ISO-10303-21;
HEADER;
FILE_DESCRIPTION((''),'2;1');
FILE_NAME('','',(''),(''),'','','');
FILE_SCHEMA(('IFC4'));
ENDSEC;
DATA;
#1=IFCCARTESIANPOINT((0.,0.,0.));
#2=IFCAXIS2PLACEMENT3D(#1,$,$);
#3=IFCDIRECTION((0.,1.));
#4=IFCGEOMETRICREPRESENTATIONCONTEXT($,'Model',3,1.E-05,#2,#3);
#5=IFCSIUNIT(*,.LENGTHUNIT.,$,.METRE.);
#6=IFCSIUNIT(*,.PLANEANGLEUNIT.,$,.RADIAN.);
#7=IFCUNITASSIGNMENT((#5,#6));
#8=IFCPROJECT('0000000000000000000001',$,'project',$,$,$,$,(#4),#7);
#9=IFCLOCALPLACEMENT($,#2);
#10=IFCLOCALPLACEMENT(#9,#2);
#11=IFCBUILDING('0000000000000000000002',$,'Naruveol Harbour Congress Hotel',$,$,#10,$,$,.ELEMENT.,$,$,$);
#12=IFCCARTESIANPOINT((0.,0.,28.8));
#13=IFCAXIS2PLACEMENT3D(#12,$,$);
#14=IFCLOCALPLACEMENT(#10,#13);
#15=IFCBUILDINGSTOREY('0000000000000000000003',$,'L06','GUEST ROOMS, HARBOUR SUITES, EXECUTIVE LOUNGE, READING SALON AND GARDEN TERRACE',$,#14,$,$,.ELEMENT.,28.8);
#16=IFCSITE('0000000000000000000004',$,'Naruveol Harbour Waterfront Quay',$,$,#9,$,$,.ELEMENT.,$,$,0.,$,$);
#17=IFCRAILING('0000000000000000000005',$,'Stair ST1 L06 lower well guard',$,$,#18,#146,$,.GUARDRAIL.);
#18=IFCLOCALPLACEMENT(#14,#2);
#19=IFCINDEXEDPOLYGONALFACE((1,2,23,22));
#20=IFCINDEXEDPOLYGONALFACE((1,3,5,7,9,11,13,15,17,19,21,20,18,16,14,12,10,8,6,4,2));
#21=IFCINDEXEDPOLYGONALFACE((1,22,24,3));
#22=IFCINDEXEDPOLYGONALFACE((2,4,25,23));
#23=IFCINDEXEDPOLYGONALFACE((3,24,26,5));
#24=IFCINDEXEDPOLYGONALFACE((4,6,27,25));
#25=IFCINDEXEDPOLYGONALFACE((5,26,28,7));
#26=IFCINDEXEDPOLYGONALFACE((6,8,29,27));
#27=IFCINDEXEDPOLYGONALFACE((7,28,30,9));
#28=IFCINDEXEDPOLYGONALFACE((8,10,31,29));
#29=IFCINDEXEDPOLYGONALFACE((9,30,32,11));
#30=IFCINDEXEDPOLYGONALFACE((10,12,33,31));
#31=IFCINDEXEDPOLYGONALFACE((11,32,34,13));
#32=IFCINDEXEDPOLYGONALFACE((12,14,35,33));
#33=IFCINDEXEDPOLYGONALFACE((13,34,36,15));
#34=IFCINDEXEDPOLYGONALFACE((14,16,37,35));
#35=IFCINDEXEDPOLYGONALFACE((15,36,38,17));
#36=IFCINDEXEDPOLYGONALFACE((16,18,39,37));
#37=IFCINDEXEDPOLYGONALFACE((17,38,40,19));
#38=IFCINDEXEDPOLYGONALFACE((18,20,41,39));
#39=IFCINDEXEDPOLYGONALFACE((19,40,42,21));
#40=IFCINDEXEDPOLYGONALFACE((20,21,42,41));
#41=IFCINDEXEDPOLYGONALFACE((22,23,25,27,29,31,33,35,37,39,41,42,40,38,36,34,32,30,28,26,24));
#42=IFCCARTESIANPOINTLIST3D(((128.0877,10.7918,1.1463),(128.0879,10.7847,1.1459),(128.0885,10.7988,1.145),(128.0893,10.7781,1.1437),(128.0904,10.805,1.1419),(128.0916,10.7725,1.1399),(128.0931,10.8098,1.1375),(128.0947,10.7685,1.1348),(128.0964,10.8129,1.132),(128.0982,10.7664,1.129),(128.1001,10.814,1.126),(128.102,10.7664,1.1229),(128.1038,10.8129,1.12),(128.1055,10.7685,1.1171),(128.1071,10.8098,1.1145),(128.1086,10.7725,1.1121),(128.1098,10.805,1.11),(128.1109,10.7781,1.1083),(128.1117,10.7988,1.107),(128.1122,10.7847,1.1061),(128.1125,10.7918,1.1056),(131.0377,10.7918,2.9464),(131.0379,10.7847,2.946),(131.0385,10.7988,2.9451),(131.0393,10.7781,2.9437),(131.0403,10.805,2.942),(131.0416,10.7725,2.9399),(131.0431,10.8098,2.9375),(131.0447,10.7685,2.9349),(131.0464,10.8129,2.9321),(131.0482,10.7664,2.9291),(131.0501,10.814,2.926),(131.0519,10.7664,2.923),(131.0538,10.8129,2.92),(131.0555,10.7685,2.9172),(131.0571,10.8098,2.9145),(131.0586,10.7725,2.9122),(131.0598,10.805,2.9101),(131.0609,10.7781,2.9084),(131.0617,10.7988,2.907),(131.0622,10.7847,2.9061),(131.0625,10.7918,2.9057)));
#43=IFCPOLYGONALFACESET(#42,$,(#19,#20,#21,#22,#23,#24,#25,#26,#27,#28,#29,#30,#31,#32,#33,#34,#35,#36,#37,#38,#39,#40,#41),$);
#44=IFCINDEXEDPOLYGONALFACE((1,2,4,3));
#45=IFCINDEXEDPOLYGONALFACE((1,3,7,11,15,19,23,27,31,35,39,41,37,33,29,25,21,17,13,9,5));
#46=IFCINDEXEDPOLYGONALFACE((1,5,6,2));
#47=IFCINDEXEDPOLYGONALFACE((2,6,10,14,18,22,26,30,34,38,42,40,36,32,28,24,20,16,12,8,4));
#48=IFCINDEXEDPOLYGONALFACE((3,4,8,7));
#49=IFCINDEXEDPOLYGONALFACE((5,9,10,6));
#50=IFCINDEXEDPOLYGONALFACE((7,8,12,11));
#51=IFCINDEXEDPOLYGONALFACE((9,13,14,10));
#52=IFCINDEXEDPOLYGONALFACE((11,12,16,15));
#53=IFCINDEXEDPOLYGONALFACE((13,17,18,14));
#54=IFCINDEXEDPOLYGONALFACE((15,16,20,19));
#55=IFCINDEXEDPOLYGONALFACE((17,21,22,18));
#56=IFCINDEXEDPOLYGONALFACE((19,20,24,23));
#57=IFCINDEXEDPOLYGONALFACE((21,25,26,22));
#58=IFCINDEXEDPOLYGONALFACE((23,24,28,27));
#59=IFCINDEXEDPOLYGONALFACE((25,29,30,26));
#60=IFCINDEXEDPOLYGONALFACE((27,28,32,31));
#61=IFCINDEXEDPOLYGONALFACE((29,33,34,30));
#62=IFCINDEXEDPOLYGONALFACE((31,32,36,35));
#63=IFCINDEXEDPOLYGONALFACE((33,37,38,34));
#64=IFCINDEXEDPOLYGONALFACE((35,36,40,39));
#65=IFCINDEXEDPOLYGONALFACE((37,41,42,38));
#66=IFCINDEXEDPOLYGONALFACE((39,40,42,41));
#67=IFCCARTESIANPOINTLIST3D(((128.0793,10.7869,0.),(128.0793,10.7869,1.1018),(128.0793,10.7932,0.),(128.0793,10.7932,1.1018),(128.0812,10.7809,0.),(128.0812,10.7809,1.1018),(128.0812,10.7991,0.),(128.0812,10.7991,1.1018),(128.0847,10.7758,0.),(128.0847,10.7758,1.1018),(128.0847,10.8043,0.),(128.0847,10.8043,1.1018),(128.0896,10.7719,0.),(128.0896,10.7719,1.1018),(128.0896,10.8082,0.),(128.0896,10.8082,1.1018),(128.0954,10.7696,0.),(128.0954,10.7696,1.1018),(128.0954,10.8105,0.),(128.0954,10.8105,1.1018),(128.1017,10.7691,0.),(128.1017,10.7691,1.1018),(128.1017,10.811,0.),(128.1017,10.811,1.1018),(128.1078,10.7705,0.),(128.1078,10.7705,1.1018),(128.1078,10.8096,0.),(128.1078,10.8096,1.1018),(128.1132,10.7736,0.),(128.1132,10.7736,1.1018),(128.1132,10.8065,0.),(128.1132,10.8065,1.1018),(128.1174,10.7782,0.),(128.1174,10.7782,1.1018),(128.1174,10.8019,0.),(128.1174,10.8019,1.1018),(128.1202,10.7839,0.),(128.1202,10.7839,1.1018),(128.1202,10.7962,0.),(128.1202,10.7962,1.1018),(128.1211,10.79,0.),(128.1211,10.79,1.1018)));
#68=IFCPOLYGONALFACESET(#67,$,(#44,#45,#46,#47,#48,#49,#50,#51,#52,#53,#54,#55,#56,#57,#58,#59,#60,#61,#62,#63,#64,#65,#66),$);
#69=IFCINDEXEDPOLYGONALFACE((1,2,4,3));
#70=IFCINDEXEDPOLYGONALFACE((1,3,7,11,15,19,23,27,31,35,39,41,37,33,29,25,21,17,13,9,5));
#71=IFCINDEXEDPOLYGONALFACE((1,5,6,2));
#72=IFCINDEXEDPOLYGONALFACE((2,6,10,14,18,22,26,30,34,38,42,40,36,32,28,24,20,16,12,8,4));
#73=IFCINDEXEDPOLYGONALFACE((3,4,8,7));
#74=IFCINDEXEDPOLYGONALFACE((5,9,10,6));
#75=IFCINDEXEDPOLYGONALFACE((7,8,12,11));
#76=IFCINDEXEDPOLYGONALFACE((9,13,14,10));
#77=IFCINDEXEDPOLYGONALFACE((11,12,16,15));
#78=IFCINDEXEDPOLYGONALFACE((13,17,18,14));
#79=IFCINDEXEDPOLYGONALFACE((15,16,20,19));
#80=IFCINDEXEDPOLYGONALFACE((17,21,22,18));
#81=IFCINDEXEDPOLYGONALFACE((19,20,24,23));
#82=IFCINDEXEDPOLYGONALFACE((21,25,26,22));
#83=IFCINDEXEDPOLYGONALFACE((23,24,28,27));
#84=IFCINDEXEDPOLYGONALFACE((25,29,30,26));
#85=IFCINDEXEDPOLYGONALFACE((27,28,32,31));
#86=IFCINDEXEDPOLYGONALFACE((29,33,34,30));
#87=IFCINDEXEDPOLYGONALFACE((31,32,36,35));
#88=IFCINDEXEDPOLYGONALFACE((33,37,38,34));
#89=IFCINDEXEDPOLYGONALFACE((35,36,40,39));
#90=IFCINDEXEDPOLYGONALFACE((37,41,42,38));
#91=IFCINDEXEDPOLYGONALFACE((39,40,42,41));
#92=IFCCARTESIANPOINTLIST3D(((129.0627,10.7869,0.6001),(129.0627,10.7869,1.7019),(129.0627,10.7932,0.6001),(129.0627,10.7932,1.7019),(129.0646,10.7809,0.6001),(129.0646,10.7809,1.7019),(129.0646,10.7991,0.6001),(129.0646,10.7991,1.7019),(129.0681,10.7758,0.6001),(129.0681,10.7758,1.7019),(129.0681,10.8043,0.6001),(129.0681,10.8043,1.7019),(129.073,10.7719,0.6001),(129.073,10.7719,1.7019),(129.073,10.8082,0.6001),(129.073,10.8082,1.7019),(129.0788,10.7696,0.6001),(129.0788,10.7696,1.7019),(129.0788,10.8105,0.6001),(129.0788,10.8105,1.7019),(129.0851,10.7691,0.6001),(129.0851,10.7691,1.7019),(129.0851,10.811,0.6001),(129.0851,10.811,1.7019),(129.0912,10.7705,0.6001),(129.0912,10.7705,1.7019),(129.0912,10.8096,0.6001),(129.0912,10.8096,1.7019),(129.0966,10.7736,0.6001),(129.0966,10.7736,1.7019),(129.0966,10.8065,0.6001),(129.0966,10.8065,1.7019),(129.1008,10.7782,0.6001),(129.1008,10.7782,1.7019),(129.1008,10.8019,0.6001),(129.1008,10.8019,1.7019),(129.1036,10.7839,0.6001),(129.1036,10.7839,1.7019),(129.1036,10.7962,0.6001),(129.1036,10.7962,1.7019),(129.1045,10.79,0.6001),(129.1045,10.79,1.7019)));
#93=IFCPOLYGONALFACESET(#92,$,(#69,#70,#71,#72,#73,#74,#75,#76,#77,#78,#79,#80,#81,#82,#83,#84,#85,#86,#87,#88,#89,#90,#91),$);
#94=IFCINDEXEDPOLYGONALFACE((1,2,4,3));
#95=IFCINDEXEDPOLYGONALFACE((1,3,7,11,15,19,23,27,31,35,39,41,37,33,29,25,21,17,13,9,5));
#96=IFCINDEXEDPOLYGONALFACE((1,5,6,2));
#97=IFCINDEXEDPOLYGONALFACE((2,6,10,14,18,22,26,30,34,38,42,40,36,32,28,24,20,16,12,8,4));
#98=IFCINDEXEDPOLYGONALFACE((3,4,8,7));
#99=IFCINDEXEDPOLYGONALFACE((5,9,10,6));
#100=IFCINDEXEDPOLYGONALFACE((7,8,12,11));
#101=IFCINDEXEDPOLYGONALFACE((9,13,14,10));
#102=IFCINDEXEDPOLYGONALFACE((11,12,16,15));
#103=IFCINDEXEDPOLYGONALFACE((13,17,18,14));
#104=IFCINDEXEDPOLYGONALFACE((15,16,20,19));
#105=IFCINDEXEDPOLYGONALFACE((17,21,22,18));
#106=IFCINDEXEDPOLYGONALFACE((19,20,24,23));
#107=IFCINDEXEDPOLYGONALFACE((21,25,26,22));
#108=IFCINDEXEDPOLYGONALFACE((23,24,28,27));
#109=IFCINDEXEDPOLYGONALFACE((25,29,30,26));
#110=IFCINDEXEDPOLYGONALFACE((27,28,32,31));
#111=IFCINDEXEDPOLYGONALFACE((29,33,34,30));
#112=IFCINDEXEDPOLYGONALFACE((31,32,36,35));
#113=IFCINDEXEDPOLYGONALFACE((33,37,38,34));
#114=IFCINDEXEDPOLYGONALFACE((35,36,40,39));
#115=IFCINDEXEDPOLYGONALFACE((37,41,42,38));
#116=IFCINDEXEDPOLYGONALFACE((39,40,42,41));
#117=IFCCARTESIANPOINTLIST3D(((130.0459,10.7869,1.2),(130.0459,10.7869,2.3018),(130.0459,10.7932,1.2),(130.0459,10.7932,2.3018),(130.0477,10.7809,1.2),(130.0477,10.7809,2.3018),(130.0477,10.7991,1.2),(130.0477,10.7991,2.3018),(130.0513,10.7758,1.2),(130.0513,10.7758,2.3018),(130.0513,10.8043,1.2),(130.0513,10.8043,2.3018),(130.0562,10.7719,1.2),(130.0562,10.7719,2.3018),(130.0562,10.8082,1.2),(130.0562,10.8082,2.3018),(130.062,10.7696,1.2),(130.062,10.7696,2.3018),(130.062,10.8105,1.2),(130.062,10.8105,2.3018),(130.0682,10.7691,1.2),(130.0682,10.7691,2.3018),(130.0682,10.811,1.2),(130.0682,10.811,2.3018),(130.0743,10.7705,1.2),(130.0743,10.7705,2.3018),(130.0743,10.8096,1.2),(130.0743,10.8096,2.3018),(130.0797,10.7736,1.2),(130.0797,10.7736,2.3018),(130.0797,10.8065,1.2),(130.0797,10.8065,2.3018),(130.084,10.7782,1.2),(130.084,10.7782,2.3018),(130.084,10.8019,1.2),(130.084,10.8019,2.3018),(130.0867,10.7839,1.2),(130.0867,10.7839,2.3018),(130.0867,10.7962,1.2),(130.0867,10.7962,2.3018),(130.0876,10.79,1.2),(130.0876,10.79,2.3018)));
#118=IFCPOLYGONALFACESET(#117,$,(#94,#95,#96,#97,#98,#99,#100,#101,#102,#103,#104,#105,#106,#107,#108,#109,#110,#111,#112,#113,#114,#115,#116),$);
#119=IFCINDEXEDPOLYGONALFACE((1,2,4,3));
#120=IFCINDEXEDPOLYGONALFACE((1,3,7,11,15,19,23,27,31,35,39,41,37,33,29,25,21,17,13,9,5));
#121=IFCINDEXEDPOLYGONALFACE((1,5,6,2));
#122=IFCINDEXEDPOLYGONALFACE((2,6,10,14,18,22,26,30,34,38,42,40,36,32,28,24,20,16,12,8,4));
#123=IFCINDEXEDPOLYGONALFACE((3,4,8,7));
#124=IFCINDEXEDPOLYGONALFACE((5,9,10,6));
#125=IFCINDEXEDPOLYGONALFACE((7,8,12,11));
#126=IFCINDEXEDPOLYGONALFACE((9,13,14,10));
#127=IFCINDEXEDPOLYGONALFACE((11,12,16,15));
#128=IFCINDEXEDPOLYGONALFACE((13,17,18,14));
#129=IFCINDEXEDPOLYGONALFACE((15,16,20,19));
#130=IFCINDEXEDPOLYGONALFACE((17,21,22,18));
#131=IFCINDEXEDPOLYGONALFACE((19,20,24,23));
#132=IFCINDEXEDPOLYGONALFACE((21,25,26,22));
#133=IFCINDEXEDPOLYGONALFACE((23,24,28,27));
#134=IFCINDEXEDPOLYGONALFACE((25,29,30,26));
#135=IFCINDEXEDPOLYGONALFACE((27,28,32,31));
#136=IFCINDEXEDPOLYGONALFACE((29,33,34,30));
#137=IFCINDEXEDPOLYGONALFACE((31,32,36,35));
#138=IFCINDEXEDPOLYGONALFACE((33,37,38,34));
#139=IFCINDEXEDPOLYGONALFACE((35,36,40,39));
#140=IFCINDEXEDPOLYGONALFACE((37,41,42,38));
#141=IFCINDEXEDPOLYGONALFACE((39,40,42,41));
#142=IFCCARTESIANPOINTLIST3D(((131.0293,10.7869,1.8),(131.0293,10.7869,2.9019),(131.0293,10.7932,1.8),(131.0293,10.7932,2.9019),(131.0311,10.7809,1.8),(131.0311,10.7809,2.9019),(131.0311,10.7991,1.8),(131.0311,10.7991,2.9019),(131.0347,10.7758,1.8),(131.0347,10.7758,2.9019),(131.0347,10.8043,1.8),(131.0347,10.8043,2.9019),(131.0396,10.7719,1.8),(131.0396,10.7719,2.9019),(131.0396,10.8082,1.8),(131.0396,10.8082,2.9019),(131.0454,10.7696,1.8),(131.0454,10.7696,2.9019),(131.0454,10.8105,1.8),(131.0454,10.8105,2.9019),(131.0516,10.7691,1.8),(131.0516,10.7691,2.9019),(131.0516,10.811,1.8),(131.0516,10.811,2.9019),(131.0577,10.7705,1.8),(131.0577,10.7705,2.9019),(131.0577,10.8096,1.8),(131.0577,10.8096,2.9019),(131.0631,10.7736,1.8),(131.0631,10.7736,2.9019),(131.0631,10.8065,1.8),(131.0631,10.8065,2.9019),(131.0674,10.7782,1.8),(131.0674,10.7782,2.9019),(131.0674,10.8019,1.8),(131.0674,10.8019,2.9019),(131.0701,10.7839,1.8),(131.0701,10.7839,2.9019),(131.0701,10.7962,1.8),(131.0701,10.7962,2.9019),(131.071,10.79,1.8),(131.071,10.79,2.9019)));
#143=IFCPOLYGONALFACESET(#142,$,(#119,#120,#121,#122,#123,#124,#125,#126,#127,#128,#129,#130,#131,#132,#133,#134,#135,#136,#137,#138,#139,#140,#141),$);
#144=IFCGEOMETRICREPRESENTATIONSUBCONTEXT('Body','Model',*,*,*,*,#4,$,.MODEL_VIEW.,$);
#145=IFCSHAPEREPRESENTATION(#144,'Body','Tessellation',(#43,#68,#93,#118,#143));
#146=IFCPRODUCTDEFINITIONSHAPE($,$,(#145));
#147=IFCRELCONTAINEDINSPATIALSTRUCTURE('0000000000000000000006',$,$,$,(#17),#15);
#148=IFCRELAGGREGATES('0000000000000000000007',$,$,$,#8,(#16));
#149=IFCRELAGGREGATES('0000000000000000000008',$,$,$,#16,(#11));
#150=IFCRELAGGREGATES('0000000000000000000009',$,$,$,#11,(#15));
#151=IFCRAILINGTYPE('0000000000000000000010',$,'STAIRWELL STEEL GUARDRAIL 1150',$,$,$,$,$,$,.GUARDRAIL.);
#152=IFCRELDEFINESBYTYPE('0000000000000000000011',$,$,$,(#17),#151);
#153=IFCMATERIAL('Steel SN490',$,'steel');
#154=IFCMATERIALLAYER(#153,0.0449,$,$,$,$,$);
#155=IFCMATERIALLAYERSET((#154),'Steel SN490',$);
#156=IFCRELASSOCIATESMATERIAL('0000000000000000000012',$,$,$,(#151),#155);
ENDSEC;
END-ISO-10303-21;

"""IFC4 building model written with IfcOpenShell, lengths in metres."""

from ifc_helpers import new_model, si_unit, direction, frame, origin, origin_2d, place, context, subcontext, project, spatial, circle, extrude, material, layer, layer_set, type_object, element, save


model = new_model("IFC4")

# Units and contexts
model_context = context("Model", 3, precision=1e-05, world=origin(), true_north=direction((0.0, 1.0)))
body_context = subcontext(model_context, "Body", "Model", "MODEL_VIEW")
ifc_project = project(units=[si_unit("LENGTHUNIT", "METRE"), si_unit("PLANEANGLEUNIT", "RADIAN")], contexts=[model_context])

# Site, building, storey
site_placement = place(None, origin())
site = spatial("IfcSite", under=ifc_project, at=site_placement, Name="Naruveol Harbour Waterfront Quay", CompositionType="ELEMENT", RefElevation=0.0)
building_placement = place(site_placement, origin())
building = spatial("IfcBuilding", under=site, at=building_placement, Name="Naruveol Harbour Congress Hotel", CompositionType="ELEMENT")
storey_placement = place(building_placement, frame((0.0, 0.0, 28.8)))
storey = spatial("IfcBuildingStorey", under=building, at=storey_placement, Name="L06", Description="GUEST ROOMS, HARBOUR SUITES, EXECUTIVE LOUNGE, READING SALON AND GARDEN TERRACE", CompositionType="ELEMENT", Elevation=28.8)

# Railing
ifc_material_1 = material(Name="Steel SN490", Category="steel")
ifc_layer_1 = layer(ifc_material_1, 0.0449)
ifc_layer_set_1 = layer_set([ifc_layer_1], Name="Steel SN490")
railing_type_1 = type_object("IfcRailingType", Name="STAIRWELL STEEL GUARDRAIL 1150", PredefinedType="GUARDRAIL", material=ifc_layer_set_1)
railing_1_placement = place(storey_placement, frame((128.1001, 10.79, 0.0)))
element("IfcRailing", 1, at=railing_1_placement, inside=storey, type_object=railing_type_1, Name="Stair ST1 L06 lower well guard", PredefinedType="GUARDRAIL", context=body_context, shape_type="SweptSolid", body=[
    extrude(circle(Radius=0.0239, at=origin_2d()), frame((0.0, 0.0, 1.126), z_axis=(0.853629, 0.0, 0.520881), x_axis=(0.0, 1.0, 0.0)), (0.0, 0.0, 1.0), 3.4558),
    extrude(circle(Radius=0.021, at=origin_2d()), origin(), (0.0, 0.0, 1.0), 1.1018),
    extrude(circle(Radius=0.021, at=origin_2d()), frame((0.9834, 0.0, 0.6001)), (0.0, 0.0, 1.0), 1.1018),
    extrude(circle(Radius=0.021, at=origin_2d()), frame((1.9666, 0.0, 1.2)), (0.0, 0.0, 1.0), 1.1018),
    extrude(circle(Radius=0.021, at=origin_2d()), frame((2.95, 0.0, 1.8)), (0.0, 0.0, 1.0), 1.1018),
])

save(model, "model.ifc")
